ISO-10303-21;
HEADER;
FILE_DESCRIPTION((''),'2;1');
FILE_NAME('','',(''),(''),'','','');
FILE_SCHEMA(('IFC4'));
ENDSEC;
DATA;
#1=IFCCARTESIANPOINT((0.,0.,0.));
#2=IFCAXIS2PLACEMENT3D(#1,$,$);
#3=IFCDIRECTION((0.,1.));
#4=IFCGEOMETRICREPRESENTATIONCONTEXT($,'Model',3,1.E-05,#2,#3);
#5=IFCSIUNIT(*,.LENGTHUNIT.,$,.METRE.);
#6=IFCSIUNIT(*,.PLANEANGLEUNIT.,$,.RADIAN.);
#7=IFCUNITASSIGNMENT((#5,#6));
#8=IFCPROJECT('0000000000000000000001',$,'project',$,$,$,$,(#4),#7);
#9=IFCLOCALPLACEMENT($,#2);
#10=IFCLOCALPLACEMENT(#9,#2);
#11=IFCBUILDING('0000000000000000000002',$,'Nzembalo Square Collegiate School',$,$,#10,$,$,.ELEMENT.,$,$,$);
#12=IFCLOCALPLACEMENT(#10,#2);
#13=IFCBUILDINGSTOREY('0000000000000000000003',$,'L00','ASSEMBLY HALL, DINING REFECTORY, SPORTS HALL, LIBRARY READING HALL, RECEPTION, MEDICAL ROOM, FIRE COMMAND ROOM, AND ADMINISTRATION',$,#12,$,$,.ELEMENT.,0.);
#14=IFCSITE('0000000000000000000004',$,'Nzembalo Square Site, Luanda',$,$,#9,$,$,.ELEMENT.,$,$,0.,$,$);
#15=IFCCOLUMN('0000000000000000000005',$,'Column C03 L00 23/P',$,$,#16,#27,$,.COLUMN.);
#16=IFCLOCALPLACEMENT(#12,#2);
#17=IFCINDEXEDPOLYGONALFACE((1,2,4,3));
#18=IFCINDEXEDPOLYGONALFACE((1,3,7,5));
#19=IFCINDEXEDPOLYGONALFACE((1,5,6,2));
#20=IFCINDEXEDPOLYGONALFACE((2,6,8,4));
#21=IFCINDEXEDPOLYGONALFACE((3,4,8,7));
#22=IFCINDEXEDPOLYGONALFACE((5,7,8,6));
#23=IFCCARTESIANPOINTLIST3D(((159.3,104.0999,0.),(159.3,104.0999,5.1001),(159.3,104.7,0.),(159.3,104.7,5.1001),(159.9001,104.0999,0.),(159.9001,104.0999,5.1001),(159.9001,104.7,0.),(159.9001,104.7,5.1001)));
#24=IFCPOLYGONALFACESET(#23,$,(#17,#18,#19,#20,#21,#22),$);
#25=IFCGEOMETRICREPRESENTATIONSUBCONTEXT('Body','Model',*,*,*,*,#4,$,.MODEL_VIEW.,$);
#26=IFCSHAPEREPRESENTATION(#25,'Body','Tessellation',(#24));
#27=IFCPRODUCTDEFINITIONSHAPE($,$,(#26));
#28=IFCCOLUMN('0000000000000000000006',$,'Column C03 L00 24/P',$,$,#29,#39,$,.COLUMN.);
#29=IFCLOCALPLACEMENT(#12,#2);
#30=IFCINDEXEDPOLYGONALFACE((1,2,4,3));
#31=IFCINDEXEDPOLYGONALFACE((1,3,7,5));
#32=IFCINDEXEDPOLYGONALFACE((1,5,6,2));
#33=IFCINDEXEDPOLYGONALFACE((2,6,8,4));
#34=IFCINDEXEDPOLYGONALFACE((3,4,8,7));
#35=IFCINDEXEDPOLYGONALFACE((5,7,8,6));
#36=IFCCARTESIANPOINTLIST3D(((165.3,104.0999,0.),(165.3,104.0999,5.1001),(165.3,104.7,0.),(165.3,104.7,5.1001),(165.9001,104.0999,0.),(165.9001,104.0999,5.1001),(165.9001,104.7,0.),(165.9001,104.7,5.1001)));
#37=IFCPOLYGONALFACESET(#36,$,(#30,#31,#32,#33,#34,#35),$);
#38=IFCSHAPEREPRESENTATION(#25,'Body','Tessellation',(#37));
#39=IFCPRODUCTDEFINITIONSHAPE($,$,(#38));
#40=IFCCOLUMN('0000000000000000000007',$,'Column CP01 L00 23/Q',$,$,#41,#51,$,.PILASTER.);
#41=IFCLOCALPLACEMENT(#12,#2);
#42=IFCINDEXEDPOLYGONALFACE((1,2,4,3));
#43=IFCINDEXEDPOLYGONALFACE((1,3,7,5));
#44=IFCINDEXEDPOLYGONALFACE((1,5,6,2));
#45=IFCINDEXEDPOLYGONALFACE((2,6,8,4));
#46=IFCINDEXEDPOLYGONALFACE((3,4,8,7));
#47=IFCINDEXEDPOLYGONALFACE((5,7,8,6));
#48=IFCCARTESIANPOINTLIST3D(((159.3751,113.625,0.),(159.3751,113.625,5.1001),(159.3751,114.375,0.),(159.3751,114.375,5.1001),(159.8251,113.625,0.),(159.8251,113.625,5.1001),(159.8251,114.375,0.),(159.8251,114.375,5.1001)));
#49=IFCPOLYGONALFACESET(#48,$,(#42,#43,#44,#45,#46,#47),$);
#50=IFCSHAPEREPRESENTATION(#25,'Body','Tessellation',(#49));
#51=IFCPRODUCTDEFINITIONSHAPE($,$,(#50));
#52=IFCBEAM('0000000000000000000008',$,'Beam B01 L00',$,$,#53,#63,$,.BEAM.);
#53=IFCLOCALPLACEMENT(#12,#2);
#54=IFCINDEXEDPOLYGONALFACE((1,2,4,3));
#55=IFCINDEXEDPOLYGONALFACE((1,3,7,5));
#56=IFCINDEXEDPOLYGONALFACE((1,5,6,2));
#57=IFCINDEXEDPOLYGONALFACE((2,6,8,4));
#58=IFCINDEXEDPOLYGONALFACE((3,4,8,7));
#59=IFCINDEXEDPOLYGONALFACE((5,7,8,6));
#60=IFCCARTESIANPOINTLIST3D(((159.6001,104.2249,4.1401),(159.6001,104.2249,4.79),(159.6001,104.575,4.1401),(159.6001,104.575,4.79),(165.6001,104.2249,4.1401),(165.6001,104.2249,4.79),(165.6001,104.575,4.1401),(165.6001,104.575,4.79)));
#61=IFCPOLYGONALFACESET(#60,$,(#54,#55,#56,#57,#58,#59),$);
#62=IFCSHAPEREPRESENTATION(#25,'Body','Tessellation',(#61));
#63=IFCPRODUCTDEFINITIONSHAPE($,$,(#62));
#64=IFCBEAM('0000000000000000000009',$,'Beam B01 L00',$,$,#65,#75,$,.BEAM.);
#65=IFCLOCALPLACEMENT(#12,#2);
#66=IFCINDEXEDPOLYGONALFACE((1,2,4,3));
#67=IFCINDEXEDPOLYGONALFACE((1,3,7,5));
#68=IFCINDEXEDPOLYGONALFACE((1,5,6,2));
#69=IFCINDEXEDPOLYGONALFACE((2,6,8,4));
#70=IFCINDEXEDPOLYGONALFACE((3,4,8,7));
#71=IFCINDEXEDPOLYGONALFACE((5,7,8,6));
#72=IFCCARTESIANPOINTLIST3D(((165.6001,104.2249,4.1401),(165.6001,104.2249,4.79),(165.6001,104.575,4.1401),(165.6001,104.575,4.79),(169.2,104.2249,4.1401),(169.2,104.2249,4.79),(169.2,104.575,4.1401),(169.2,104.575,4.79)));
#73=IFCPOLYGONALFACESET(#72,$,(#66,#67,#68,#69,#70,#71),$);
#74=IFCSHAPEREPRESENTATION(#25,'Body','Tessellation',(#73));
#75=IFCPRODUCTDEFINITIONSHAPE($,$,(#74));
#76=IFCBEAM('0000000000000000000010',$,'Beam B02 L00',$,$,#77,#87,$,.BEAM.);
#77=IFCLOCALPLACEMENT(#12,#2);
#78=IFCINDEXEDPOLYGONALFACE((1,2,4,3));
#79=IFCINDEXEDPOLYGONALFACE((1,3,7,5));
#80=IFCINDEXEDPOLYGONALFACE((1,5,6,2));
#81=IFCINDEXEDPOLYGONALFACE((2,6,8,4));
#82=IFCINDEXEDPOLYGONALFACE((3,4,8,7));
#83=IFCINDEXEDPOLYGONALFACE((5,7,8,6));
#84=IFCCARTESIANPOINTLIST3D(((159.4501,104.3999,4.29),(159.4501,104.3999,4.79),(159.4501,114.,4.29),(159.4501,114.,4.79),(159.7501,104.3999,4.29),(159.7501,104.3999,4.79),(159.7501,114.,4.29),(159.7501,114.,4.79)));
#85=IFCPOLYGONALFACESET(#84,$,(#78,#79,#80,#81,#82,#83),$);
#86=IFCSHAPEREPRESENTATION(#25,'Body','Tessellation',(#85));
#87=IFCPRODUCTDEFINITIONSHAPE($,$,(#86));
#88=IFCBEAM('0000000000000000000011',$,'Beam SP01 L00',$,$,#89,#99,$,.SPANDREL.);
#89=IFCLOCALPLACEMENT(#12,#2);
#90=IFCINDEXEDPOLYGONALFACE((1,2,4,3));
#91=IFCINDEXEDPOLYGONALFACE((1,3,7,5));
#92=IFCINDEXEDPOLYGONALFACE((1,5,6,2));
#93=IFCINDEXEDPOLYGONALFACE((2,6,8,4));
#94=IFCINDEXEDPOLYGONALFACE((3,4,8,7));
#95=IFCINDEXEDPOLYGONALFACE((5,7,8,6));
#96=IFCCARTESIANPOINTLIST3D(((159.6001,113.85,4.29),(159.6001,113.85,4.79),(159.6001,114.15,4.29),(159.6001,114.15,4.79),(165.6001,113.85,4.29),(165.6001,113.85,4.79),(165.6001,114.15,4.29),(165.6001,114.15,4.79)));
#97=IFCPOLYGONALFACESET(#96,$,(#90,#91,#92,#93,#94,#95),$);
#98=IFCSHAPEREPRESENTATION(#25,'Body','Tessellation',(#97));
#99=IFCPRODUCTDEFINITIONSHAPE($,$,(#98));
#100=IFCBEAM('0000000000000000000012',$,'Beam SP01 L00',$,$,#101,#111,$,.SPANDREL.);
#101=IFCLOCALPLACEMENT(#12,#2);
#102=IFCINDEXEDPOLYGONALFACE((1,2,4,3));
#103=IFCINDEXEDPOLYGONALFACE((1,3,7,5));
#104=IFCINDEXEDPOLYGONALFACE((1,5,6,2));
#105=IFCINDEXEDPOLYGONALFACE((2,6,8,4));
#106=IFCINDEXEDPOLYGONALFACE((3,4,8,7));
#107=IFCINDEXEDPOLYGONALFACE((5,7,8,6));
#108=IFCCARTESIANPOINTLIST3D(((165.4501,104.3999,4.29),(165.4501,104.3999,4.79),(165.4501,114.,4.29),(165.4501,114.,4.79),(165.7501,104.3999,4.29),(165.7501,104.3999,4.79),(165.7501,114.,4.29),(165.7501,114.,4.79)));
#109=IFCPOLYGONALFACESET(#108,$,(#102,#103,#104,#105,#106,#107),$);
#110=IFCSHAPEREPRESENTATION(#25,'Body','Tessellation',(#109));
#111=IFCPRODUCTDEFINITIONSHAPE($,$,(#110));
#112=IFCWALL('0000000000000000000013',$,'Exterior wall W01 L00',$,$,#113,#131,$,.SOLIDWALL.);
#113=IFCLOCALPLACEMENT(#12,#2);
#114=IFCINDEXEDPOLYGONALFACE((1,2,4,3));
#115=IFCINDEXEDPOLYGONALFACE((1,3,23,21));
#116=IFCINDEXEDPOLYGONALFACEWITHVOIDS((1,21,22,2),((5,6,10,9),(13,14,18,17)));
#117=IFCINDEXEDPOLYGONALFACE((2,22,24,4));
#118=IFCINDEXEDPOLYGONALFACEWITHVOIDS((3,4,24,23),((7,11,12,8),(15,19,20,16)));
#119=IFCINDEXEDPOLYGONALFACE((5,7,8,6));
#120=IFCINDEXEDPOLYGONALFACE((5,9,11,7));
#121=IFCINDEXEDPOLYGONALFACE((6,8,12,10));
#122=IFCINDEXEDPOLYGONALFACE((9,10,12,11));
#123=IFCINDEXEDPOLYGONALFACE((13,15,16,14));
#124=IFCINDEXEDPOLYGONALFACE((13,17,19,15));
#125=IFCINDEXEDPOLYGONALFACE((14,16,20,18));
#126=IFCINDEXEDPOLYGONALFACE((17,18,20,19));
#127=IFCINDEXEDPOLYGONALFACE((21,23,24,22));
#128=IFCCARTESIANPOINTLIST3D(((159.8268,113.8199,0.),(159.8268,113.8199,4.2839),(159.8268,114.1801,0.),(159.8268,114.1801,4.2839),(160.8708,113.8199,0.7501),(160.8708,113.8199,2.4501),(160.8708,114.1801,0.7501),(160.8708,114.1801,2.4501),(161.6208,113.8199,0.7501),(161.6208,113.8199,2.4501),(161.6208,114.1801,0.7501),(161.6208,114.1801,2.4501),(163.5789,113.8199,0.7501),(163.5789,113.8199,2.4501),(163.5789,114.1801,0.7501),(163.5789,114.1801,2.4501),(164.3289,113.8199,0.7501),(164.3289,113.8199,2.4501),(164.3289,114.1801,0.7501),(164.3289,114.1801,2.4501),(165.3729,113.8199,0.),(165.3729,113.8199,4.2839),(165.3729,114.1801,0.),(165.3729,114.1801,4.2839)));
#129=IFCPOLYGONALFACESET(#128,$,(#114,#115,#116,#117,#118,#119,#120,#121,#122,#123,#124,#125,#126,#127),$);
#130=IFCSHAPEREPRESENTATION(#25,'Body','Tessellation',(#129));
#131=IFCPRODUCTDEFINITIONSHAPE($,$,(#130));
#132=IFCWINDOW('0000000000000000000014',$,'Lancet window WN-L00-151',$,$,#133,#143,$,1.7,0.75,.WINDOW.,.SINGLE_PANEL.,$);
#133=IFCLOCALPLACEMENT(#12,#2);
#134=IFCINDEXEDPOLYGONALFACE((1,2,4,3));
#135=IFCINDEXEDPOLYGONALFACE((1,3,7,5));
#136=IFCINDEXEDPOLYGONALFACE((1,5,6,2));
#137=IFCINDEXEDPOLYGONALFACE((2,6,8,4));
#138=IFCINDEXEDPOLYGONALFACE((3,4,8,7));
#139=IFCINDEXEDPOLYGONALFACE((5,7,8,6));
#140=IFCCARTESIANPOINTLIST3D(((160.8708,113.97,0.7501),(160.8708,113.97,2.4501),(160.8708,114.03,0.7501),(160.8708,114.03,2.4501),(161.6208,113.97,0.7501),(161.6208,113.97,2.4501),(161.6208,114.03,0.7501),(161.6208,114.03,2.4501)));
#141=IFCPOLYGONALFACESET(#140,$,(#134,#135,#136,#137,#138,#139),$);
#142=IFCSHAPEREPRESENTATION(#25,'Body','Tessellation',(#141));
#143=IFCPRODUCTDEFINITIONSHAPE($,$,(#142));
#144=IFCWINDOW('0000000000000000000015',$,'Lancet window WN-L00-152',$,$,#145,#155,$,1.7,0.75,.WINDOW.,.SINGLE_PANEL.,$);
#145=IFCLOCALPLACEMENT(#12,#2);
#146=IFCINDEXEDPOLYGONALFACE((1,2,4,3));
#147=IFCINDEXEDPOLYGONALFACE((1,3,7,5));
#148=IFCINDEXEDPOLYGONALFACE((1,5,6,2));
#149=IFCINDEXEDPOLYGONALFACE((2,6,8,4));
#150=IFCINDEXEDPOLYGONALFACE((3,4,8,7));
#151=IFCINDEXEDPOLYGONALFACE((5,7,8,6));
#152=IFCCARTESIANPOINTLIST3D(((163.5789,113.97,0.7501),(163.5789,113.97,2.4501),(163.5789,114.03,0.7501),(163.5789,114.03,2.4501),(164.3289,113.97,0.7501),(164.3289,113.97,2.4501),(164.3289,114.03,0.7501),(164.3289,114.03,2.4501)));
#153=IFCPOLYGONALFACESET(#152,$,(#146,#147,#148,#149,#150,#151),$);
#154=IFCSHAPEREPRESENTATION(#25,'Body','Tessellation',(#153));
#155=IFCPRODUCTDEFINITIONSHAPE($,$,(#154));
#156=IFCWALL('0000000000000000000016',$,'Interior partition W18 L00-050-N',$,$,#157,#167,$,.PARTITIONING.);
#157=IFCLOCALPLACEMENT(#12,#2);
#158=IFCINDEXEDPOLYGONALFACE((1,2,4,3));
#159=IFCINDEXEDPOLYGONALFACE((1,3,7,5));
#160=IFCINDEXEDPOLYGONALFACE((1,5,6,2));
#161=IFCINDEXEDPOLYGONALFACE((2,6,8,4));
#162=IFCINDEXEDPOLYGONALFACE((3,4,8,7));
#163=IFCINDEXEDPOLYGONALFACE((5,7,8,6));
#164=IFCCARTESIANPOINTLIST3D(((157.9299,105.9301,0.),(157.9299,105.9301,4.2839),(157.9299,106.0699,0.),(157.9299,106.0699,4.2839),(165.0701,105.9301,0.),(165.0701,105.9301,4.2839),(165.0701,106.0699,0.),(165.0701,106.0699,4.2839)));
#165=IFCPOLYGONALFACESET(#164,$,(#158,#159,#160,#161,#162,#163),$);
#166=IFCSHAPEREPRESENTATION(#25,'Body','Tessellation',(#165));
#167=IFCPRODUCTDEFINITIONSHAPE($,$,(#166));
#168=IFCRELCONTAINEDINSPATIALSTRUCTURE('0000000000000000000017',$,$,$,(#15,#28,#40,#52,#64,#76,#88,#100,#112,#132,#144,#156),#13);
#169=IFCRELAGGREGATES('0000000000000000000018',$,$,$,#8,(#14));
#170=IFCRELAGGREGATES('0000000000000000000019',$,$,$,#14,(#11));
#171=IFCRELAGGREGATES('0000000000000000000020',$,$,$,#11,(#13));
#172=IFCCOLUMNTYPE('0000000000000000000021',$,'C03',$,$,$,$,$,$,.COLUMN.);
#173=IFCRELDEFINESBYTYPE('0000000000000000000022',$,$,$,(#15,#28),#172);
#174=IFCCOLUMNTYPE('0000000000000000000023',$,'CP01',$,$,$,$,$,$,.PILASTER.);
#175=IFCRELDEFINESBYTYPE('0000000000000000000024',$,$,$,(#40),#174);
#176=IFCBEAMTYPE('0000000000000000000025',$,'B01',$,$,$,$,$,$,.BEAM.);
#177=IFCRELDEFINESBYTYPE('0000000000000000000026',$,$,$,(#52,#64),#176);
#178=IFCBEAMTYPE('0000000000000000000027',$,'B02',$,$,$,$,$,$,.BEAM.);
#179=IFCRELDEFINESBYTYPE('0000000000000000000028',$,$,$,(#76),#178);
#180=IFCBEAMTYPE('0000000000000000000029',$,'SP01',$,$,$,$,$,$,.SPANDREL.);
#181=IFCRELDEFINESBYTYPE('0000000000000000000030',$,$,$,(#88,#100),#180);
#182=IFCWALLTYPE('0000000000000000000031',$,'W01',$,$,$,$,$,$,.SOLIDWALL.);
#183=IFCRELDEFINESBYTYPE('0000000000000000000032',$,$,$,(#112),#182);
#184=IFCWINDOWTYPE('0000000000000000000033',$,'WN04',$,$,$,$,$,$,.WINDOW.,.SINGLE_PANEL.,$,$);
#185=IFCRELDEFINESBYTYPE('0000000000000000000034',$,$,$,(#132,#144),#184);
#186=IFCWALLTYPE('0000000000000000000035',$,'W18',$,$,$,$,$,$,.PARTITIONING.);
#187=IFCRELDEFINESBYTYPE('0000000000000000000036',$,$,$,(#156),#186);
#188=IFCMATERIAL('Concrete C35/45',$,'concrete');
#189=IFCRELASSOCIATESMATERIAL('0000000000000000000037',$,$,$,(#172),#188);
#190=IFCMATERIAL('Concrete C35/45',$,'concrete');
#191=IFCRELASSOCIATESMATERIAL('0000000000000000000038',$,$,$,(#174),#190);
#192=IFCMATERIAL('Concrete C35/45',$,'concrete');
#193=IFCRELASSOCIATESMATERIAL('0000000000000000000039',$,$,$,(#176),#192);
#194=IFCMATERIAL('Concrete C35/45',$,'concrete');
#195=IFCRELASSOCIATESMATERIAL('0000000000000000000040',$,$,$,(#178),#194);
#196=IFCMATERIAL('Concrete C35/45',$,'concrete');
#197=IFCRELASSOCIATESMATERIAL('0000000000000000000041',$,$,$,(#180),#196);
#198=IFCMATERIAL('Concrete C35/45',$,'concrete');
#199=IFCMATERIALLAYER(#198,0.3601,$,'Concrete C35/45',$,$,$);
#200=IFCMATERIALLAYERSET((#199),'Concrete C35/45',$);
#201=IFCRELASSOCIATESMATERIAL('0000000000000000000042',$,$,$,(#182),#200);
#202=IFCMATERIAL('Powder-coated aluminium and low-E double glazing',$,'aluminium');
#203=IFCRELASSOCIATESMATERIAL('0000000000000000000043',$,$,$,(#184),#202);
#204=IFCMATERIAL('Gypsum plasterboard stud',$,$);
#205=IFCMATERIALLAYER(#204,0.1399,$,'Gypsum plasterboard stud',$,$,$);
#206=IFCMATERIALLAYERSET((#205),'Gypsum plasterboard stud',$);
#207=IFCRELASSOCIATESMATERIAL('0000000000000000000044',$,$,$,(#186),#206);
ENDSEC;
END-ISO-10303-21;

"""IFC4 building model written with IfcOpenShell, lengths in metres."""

from ifc_helpers import new_model, si_unit, direction, frame, frame_2d, origin, origin_2d, place, context, subcontext, project, spatial, rectangle, extrude, material, layer, layer_set, material_profile, profile_set, type_object, element, fill, save


model = new_model("IFC4")

# Units and contexts
model_context = context("Model", 3, precision=1e-05, world=origin(), true_north=direction((0.0, 1.0)))
body_context = subcontext(model_context, "Body", "Model", "MODEL_VIEW")
ifc_project = project(units=[si_unit("LENGTHUNIT", "METRE"), si_unit("PLANEANGLEUNIT", "RADIAN")], contexts=[model_context])

# Site, building, storey
site_placement = place(None, origin())
site = spatial("IfcSite", under=ifc_project, at=site_placement, Name="Nzembalo Square Site, Luanda", CompositionType="ELEMENT", RefElevation=0.0)
building_placement = place(site_placement, origin())
building = spatial("IfcBuilding", under=site, at=building_placement, Name="Nzembalo Square Collegiate School", CompositionType="ELEMENT")
storey_placement = place(building_placement, origin())
storey = spatial("IfcBuildingStorey", under=building, at=storey_placement, Name="L00", Description="ASSEMBLY HALL, DINING REFECTORY, SPORTS HALL, LIBRARY READING HALL, RECEPTION, MEDICAL ROOM, FIRE COMMAND ROOM, AND ADMINISTRATION", CompositionType="ELEMENT", Elevation=0.0)

# Columns
ifc_material_1 = material(Name="Concrete C35/45", Category="concrete")
ifc_material_profile_1 = material_profile(ifc_material_1, rectangle(XDim=0.6001, YDim=0.6001, at=origin_2d()), Name="RC 600x600")
ifc_profile_set_1 = profile_set([ifc_material_profile_1], Name="Concrete C35/45")
column_type_1 = type_object("IfcColumnType", Name="C03", PredefinedType="COLUMN", material=ifc_profile_set_1)
for number, where, z_axis, x_axis, name in (
    (1, (159.6001, 104.3999, 0.0), (0.0, 0.0, 1.0), (1.0, 0.0, 0.0), "Column C03 L00 23/P"),
    (2, (165.6001, 104.3999, 0.0), (0.0, 0.0, 1.0), (1.0, 0.0, 0.0), "Column C03 L00 24/P"),
):
    element("IfcColumn", number, at=place(storey_placement, frame(where, z_axis=z_axis, x_axis=x_axis)), inside=storey, type_object=column_type_1, Name=name, PredefinedType="COLUMN", context=body_context, shape_type="SweptSolid", body=[
        extrude(rectangle(XDim=0.6001, YDim=0.6001, at=origin_2d()), origin(), (0.0, 0.0, 1.0), 5.1001),
    ])
ifc_material_2 = material(Name="Concrete C35/45", Category="concrete")
ifc_material_profile_2 = material_profile(ifc_material_2, rectangle(XDim=0.45, YDim=0.75, at=origin_2d()), Name="RC 450x750")
ifc_profile_set_2 = profile_set([ifc_material_profile_2], Name="Concrete C35/45")
column_type_2 = type_object("IfcColumnType", Name="CP01", PredefinedType="PILASTER", material=ifc_profile_set_2)
column_placement = place(storey_placement, frame((159.6001, 114.0, 0.0), z_axis=(0.0, 0.0, 1.0), x_axis=(1.0, 0.0, 0.0)))
element("IfcColumn", 3, at=column_placement, inside=storey, type_object=column_type_2, Name="Column CP01 L00 23/Q", PredefinedType="PILASTER", context=body_context, shape_type="SweptSolid", body=[
    extrude(rectangle(XDim=0.45, YDim=0.75, at=origin_2d()), origin(), (0.0, 0.0, 1.0), 5.1001),
])

# Beams
ifc_material_3 = material(Name="Concrete C35/45", Category="concrete")
ifc_material_profile_3 = material_profile(ifc_material_3, rectangle(XDim=0.3501, YDim=0.6499, at=origin_2d()), Name="RC 350x650")
ifc_profile_set_3 = profile_set([ifc_material_profile_3], Name="Concrete C35/45")
beam_type_1 = type_object("IfcBeamType", Name="B01", PredefinedType="BEAM", material=ifc_profile_set_3)
beam_1_placement = place(storey_placement, frame((159.6001, 104.3999, 4.4651), z_axis=(1.0, 0.0, 0.0), x_axis=(0.0, 1.0, 0.0)))
element("IfcBeam", 4, at=beam_1_placement, inside=storey, type_object=beam_type_1, Name="Beam B01 L00", PredefinedType="BEAM", context=body_context, shape_type="SweptSolid", body=[
    extrude(rectangle(XDim=0.3501, YDim=0.6499, at=origin_2d()), origin(), (0.0, 0.0, 1.0), 6.0),
])
beam_2_placement = place(storey_placement, frame((165.6001, 104.3999, 4.4651), z_axis=(1.0, 0.0, 0.0), x_axis=(0.0, 1.0, 0.0)))
element("IfcBeam", 5, at=beam_2_placement, inside=storey, type_object=beam_type_1, Name="Beam B01 L00", PredefinedType="BEAM", context=body_context, shape_type="SweptSolid", body=[
    extrude(rectangle(XDim=0.3501, YDim=0.6499, at=origin_2d()), origin(), (0.0, 0.0, 1.0), 3.5999),
])
ifc_material_4 = material(Name="Concrete C35/45", Category="concrete")
ifc_material_profile_4 = material_profile(ifc_material_4, rectangle(XDim=0.3, YDim=0.5, at=origin_2d()), Name="RC 300x500")
ifc_profile_set_4 = profile_set([ifc_material_profile_4], Name="Concrete C35/45")
beam_type_2 = type_object("IfcBeamType", Name="B02", PredefinedType="BEAM", material=ifc_profile_set_4)
beam_3_placement = place(storey_placement, frame((159.6001, 104.3999, 4.54), z_axis=(0.0, 1.0, 0.0), x_axis=(-1.0, 0.0, 0.0)))
element("IfcBeam", 6, at=beam_3_placement, inside=storey, type_object=beam_type_2, Name="Beam B02 L00", PredefinedType="BEAM", context=body_context, shape_type="SweptSolid", body=[
    extrude(rectangle(XDim=0.3, YDim=0.5, at=origin_2d()), origin(), (0.0, 0.0, 1.0), 9.6001),
])
ifc_material_5 = material(Name="Concrete C35/45", Category="concrete")
ifc_material_profile_5 = material_profile(ifc_material_5, rectangle(XDim=0.3, YDim=0.5, at=origin_2d()), Name="RC 300x500")
ifc_profile_set_5 = profile_set([ifc_material_profile_5], Name="Concrete C35/45")
beam_type_3 = type_object("IfcBeamType", Name="SP01", PredefinedType="SPANDREL", material=ifc_profile_set_5)
beam_4_placement = place(storey_placement, frame((159.6001, 114.0, 4.54), z_axis=(1.0, 0.0, 0.0), x_axis=(0.0, 1.0, 0.0)))
element("IfcBeam", 7, at=beam_4_placement, inside=storey, type_object=beam_type_3, Name="Beam SP01 L00", PredefinedType="SPANDREL", context=body_context, shape_type="SweptSolid", body=[
    extrude(rectangle(XDim=0.3, YDim=0.5, at=origin_2d()), origin(), (0.0, 0.0, 1.0), 6.0),
])
beam_5_placement = place(storey_placement, frame((165.6001, 104.3999, 4.54), z_axis=(0.0, 1.0, 0.0), x_axis=(-1.0, 0.0, 0.0)))
element("IfcBeam", 8, at=beam_5_placement, inside=storey, type_object=beam_type_3, Name="Beam SP01 L00", PredefinedType="SPANDREL", context=body_context, shape_type="SweptSolid", body=[
    extrude(rectangle(XDim=0.3, YDim=0.5, at=origin_2d()), origin(), (0.0, 0.0, 1.0), 9.6001),
])

# Wall, openings, windows
ifc_material_6 = material(Name="Concrete C35/45", Category="concrete")
ifc_layer_1 = layer(ifc_material_6, 0.3601, Name="Concrete C35/45")
ifc_layer_set_1 = layer_set([ifc_layer_1], Name="Concrete C35/45")
wall_type_1 = type_object("IfcWallType", Name="W01", PredefinedType="SOLIDWALL", material=ifc_layer_set_1)
wall_1_placement = place(storey_placement, frame((159.8269, 114.0, 0.0), z_axis=(0.0, 0.0, 1.0), x_axis=(1.0, 0.0, 0.0)))
wall_1 = element("IfcWall", 9, at=wall_1_placement, inside=storey, type_object=wall_type_1, Name="Exterior wall W01 L00", PredefinedType="SOLIDWALL", context=body_context, shape_type="SweptSolid", body=[
    extrude(rectangle(XDim=5.5461, YDim=0.3601, at=frame_2d((2.7729, 0.0))), origin(), (0.0, 0.0, 1.0), 4.2839),
])
opening_1_placement = place(wall_1_placement, frame((1.0439, 0.0, 0.75)))
opening_1 = element("IfcOpeningElement", 10, at=opening_1_placement, cuts=wall_1, PredefinedType="OPENING", context=body_context, shape_type="SweptSolid", body=[
    extrude(rectangle(XDim=0.75, YDim=1.7, at=frame_2d((0.375, 0.8501))), frame((0.0, 0.1899, 0.0), z_axis=(0.0, -1.0, 0.0), x_axis=(1.0, 0.0, 0.0)), (0.0, 0.0, 1.0), 0.3801),
])
opening_2_placement = place(wall_1_placement, frame((3.752, 0.0, 0.75)))
opening_2 = element("IfcOpeningElement", 11, at=opening_2_placement, cuts=wall_1, PredefinedType="OPENING", context=body_context, shape_type="SweptSolid", body=[
    extrude(rectangle(XDim=0.75, YDim=1.7, at=frame_2d((0.375, 0.8501))), frame((0.0, 0.1899, 0.0), z_axis=(0.0, -1.0, 0.0), x_axis=(1.0, 0.0, 0.0)), (0.0, 0.0, 1.0), 0.3801),
])
ifc_material_7 = material(Name="Powder-coated aluminium and low-E double glazing", Category="aluminium")
window_type = type_object("IfcWindowType", Name="WN04", PartitioningType="SINGLE_PANEL", PredefinedType="WINDOW", material=ifc_material_7)
window_1_placement = place(opening_1_placement, origin())
window_1 = element("IfcWindow", 12, at=window_1_placement, inside=storey, type_object=window_type, Name="Lancet window WN-L00-151", OverallHeight=1.7, OverallWidth=0.75, PartitioningType="SINGLE_PANEL", PredefinedType="WINDOW", context=body_context, shape_type="SweptSolid", body=[
    extrude(rectangle(XDim=0.75, YDim=1.7, at=frame_2d((0.375, 0.8501))), frame((0.0, 0.03, 0.0), z_axis=(0.0, -1.0, 0.0), x_axis=(1.0, 0.0, 0.0)), (0.0, 0.0, 1.0), 0.0601),
])
fill(opening_1, window_1)
window_2_placement = place(opening_2_placement, origin())
window_2 = element("IfcWindow", 13, at=window_2_placement, inside=storey, type_object=window_type, Name="Lancet window WN-L00-152", OverallHeight=1.7, OverallWidth=0.75, PartitioningType="SINGLE_PANEL", PredefinedType="WINDOW", context=body_context, shape_type="SweptSolid", body=[
    extrude(rectangle(XDim=0.75, YDim=1.7, at=frame_2d((0.375, 0.8501))), frame((0.0, 0.03, 0.0), z_axis=(0.0, -1.0, 0.0), x_axis=(1.0, 0.0, 0.0)), (0.0, 0.0, 1.0), 0.0601),
])
fill(opening_2, window_2)

# Wall
ifc_material_8 = material(Name="Gypsum plasterboard stud")
ifc_layer_2 = layer(ifc_material_8, 0.1399, Name="Gypsum plasterboard stud")
ifc_layer_set_2 = layer_set([ifc_layer_2], Name="Gypsum plasterboard stud")
wall_type_2 = type_object("IfcWallType", Name="W18", PredefinedType="PARTITIONING", material=ifc_layer_set_2)
wall_2_placement = place(storey_placement, frame((157.9299, 106.0, 0.0), z_axis=(0.0, 0.0, 1.0), x_axis=(1.0, 0.0, 0.0)))
element("IfcWall", 14, at=wall_2_placement, inside=storey, type_object=wall_type_2, Name="Interior partition W18 L00-050-N", PredefinedType="PARTITIONING", context=body_context, shape_type="SweptSolid", body=[
    extrude(rectangle(XDim=7.1401, YDim=0.1399, at=frame_2d((3.5701, 0.0))), origin(), (0.0, 0.0, 1.0), 4.2839),
])

save(model, "model.ifc")
